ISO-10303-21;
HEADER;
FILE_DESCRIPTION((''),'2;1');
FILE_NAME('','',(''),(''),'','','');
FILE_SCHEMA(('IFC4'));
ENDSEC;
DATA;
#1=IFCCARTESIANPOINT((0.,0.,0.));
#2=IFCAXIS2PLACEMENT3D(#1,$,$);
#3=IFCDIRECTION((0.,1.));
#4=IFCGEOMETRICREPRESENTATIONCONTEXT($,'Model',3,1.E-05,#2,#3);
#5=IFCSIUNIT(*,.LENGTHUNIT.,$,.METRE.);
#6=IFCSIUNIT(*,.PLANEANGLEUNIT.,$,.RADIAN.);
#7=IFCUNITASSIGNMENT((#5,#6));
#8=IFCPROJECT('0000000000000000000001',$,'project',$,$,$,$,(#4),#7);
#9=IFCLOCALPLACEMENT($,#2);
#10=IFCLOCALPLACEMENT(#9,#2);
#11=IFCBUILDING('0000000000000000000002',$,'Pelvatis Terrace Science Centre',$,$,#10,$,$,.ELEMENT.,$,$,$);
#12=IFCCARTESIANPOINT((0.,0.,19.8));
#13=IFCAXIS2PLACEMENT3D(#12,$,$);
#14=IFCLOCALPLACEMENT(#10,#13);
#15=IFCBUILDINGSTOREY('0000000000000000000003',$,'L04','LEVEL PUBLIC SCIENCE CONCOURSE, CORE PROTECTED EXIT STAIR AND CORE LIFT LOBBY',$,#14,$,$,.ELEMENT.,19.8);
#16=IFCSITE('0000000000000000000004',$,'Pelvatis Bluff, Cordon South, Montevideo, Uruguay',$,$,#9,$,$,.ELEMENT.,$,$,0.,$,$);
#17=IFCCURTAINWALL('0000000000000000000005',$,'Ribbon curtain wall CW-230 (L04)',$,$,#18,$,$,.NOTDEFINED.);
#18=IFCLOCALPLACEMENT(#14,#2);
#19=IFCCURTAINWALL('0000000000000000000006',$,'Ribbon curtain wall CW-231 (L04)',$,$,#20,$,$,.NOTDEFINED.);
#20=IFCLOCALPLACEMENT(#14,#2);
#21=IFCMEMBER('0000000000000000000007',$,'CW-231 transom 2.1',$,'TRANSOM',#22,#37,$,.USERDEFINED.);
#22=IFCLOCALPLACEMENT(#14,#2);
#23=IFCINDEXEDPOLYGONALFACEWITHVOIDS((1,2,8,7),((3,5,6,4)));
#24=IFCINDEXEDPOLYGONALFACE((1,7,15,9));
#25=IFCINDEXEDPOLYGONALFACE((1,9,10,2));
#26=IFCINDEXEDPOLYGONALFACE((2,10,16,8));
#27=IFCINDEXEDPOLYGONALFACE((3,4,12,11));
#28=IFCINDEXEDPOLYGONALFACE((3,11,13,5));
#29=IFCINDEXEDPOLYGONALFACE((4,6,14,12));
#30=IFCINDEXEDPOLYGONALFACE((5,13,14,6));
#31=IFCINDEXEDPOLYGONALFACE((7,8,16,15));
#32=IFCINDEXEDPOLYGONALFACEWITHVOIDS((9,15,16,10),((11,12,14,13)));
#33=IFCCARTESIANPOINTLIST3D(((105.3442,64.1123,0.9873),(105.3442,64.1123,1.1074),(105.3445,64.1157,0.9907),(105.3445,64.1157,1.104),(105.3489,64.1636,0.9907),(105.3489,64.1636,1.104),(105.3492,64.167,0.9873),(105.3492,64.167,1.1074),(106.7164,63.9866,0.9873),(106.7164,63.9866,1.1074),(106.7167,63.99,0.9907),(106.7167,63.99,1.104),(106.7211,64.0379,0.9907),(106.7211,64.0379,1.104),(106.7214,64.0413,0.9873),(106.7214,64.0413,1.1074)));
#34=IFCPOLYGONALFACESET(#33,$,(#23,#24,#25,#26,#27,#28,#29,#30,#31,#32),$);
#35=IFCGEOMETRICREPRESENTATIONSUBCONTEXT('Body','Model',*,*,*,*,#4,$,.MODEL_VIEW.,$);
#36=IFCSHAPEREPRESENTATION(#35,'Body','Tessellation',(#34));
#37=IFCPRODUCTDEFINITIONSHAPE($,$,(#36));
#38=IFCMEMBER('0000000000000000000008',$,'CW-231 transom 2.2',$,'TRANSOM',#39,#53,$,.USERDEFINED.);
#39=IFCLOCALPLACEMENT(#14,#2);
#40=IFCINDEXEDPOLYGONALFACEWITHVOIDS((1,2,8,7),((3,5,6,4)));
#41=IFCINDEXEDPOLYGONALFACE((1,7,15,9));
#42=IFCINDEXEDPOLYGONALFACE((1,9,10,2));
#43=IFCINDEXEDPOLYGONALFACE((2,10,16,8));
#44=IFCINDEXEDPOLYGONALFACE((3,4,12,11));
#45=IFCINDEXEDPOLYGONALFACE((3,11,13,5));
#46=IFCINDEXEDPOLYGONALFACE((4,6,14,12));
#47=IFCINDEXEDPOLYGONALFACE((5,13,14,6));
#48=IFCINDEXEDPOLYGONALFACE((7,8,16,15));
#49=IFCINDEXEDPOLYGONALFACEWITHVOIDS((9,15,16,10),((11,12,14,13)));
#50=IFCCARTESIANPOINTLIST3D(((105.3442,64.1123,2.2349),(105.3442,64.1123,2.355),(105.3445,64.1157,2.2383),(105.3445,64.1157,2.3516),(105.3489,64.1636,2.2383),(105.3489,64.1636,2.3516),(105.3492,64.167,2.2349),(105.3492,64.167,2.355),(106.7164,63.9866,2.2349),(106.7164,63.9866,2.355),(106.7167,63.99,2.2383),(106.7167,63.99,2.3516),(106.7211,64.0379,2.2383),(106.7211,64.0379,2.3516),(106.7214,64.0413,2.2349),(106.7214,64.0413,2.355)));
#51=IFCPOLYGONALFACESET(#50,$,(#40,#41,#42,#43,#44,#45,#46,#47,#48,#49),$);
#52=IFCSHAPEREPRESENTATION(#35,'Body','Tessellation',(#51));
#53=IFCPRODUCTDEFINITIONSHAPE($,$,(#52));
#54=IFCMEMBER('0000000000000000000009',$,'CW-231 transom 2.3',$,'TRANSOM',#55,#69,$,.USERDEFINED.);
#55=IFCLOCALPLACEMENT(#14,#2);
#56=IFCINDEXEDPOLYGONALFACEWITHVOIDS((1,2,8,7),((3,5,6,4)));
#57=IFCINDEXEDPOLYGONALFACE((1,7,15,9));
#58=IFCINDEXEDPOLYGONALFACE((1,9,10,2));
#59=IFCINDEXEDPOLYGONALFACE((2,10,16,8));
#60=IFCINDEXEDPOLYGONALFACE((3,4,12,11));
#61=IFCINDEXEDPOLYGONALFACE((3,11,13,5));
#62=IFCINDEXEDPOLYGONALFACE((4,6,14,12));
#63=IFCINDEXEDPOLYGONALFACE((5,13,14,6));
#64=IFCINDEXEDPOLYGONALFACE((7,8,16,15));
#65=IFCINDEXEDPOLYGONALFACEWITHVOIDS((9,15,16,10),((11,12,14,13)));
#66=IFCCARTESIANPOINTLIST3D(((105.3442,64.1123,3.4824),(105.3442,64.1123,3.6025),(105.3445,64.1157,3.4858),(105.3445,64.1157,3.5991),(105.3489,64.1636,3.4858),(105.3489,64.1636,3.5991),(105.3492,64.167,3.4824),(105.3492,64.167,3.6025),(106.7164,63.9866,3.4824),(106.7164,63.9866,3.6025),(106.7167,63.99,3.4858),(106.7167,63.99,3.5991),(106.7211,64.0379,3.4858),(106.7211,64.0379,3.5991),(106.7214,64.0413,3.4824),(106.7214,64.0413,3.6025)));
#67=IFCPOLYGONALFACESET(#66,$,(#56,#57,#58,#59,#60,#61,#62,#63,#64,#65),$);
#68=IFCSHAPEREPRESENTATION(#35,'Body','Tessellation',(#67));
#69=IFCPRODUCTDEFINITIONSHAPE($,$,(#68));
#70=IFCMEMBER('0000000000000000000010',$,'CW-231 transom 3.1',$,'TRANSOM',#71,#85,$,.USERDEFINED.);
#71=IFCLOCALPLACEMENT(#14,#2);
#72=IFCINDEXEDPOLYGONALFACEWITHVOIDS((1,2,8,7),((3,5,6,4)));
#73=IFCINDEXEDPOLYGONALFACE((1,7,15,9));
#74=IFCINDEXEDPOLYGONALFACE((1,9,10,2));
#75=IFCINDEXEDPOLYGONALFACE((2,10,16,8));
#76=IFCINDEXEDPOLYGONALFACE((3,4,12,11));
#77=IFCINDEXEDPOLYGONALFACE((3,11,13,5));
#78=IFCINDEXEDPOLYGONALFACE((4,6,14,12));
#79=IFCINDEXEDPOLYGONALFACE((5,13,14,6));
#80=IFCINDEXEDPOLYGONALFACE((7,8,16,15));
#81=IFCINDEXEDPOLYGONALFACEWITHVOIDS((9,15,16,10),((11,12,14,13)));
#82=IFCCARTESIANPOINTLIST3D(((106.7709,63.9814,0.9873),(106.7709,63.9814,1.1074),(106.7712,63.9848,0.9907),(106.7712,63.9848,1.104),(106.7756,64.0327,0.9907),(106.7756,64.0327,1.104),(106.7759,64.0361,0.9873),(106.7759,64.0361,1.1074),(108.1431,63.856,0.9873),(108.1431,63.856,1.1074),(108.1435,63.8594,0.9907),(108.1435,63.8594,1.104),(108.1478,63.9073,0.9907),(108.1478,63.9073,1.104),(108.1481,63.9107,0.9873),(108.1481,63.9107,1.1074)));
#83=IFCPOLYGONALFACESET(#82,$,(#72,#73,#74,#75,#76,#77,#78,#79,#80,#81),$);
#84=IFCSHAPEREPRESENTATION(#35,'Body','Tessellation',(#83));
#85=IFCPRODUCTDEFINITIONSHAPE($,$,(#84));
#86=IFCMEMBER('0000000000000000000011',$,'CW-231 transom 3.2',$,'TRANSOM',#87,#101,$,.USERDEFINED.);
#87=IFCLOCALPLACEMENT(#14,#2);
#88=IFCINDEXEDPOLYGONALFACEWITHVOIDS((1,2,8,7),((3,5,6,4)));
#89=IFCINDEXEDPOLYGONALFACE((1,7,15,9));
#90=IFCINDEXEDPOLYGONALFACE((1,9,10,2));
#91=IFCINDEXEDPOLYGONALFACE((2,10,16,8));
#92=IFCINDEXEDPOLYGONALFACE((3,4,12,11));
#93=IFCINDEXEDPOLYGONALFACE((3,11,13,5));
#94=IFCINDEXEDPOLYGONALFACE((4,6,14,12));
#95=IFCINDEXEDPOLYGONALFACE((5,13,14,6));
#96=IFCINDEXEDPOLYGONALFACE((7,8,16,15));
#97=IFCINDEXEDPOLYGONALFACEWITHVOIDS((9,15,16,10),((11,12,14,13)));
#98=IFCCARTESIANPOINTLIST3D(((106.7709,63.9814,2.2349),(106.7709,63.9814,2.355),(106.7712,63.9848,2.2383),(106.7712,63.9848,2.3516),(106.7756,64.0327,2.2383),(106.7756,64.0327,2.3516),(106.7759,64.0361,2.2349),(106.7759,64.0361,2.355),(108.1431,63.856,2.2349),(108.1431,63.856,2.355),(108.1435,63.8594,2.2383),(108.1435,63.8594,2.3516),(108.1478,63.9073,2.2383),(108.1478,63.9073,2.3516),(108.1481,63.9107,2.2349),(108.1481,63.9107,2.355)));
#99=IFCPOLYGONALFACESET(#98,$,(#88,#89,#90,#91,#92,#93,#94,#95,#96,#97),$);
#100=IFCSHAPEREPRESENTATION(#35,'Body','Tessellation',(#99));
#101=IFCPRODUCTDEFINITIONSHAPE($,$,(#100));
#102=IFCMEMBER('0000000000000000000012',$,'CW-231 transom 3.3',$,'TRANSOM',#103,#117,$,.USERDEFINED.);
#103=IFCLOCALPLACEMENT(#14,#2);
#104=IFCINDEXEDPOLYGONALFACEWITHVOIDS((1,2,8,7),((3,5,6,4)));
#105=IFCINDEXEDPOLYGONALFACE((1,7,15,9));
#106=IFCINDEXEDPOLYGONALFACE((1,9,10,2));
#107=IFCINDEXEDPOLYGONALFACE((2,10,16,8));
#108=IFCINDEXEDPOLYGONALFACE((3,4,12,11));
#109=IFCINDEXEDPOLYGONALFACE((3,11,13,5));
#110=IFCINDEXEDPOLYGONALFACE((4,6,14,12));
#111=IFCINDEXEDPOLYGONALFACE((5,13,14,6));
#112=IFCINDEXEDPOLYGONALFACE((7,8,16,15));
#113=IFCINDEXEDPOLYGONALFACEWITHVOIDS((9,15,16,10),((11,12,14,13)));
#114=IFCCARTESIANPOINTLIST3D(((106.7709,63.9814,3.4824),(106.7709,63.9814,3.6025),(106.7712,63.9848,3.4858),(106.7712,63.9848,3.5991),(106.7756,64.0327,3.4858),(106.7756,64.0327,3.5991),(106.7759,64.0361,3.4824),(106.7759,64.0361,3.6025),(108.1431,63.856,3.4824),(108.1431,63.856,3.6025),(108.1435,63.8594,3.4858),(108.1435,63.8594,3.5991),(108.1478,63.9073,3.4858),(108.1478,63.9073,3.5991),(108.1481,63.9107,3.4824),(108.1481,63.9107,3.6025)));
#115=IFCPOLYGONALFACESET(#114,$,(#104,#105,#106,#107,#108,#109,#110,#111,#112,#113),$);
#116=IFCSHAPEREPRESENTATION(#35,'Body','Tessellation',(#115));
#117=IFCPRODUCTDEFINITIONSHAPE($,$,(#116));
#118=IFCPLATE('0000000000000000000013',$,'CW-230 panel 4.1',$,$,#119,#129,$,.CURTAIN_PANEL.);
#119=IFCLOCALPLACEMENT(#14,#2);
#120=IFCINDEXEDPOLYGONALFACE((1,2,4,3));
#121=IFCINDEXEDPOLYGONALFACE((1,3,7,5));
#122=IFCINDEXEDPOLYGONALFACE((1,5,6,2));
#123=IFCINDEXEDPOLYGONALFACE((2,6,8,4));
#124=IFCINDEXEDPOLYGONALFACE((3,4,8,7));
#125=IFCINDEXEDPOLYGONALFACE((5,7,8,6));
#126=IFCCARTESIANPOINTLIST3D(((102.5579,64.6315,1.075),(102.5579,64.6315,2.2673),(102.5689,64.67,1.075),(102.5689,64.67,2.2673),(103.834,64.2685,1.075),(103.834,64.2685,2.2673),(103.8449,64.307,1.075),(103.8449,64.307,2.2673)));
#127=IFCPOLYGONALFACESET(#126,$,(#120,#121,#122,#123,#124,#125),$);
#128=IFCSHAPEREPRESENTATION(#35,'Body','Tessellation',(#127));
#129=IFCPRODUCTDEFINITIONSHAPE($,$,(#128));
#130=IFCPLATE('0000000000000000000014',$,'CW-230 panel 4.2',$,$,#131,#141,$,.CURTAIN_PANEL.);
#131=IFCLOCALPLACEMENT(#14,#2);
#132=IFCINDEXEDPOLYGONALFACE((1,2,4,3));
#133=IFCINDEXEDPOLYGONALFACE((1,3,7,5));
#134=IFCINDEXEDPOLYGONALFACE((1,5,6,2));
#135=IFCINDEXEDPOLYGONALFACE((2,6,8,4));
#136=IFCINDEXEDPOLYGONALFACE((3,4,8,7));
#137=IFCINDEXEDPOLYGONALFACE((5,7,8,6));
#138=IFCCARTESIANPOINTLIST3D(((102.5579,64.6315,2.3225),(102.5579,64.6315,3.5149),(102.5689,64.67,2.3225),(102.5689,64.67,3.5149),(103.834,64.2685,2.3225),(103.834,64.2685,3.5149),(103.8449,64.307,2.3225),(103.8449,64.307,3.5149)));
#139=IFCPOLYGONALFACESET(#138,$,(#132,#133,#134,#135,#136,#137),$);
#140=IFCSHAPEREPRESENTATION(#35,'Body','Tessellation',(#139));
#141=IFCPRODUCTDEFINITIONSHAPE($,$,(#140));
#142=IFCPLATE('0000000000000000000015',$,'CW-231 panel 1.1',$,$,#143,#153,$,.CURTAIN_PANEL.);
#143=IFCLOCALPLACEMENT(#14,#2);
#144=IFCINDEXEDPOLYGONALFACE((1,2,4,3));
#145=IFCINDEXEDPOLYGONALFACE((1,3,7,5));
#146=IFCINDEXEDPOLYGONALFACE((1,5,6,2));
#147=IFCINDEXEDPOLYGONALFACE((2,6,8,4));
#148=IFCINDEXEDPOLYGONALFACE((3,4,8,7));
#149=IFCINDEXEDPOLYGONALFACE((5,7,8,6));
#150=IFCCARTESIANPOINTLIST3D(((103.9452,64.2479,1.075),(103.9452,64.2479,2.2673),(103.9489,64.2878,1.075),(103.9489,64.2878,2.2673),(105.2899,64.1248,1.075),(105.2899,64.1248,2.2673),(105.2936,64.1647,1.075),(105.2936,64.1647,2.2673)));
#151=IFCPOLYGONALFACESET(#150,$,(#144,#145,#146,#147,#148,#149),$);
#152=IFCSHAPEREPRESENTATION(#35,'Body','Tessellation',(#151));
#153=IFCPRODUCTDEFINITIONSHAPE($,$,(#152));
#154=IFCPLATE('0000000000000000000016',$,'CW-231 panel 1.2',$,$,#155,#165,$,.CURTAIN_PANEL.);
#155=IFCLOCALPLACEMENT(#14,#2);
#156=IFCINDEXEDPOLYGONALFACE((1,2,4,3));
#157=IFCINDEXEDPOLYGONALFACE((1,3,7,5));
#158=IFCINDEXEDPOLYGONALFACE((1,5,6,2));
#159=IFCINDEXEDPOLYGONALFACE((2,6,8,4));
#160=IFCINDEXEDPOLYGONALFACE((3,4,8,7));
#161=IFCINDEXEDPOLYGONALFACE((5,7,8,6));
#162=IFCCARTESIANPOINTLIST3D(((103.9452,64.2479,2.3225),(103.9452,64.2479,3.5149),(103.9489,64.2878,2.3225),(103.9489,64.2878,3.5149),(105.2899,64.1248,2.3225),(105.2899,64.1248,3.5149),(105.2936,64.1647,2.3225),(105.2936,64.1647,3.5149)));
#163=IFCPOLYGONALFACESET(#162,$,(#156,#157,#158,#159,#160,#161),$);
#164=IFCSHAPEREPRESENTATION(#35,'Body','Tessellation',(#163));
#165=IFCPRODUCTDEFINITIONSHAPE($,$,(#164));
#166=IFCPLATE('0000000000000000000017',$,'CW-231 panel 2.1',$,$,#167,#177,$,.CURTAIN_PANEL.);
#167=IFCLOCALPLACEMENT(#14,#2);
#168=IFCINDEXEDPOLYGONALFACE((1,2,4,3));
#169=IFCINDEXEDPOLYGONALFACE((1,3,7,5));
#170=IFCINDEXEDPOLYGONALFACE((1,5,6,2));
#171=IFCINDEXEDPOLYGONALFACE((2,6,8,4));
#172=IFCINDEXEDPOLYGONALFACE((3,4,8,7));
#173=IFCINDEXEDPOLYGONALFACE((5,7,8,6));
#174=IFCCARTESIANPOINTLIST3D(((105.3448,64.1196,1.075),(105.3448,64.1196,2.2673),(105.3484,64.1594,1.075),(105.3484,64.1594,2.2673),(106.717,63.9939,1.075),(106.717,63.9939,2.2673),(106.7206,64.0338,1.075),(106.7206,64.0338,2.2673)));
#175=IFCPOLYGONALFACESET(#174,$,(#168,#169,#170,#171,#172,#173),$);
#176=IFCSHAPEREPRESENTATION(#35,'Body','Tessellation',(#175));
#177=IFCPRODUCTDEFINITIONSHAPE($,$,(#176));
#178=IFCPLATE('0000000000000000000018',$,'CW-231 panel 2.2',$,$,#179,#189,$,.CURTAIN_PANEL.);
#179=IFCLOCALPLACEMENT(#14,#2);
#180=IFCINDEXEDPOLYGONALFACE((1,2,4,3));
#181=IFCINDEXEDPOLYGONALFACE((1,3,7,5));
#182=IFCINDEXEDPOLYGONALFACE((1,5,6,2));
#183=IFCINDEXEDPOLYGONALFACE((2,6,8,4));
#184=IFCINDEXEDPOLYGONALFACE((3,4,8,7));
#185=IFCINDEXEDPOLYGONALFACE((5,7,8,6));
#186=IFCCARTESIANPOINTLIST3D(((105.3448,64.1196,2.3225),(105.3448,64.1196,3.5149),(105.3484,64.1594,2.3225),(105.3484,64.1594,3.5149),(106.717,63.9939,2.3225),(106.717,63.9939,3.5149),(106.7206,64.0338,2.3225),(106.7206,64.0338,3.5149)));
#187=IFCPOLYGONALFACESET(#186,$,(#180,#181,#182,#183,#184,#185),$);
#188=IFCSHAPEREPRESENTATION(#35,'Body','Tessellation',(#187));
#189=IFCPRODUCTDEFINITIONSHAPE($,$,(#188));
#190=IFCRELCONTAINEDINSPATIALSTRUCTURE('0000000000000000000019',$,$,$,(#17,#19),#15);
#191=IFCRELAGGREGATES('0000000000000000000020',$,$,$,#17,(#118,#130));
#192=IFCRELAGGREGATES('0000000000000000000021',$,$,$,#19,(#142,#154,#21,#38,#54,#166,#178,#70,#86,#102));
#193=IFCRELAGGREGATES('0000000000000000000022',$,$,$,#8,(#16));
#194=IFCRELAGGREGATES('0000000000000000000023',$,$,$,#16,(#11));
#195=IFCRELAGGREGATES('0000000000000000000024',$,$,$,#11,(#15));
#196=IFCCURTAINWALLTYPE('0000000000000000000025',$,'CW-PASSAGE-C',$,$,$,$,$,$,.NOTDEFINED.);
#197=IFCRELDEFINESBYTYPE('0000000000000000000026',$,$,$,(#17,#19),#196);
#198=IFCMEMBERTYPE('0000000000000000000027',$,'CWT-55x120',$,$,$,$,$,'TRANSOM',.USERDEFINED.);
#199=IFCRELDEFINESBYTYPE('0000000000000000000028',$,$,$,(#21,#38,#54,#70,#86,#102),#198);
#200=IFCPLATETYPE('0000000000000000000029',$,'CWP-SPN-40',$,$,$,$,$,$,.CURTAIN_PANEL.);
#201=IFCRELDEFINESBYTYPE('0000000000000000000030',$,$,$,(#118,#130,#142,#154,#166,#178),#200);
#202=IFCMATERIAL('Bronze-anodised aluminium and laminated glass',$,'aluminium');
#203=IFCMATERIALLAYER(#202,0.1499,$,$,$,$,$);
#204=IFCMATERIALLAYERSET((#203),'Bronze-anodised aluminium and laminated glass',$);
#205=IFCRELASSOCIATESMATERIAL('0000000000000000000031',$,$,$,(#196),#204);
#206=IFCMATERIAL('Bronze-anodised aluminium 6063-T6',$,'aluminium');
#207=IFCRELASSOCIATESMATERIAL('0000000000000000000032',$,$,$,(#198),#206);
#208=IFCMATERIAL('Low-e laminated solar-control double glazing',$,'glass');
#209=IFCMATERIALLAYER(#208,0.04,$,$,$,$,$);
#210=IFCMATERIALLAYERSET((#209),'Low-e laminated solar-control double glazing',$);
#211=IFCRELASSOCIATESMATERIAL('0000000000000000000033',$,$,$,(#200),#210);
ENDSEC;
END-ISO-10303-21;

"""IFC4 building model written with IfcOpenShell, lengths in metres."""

from ifc_helpers import new_model, si_unit, direction, frame, origin, origin_2d, place, context, subcontext, project, spatial, rectangle, hollow_rectangle, extrude, material, layer, layer_set, material_profile, profile_set, type_object, element, aggregate, save


model = new_model("IFC4")

# Units and contexts
model_context = context("Model", 3, precision=1e-05, world=origin(), true_north=direction((0.0, 1.0)))
body_context = subcontext(model_context, "Body", "Model", "MODEL_VIEW")
ifc_project = project(units=[si_unit("LENGTHUNIT", "METRE"), si_unit("PLANEANGLEUNIT", "RADIAN")], contexts=[model_context])

# Site, building, storey
site_placement = place(None, origin())
site = spatial("IfcSite", under=ifc_project, at=site_placement, Name="Pelvatis Bluff, Cordon South, Montevideo, Uruguay", CompositionType="ELEMENT", RefElevation=0.0)
building_placement = place(site_placement, origin())
building = spatial("IfcBuilding", under=site, at=building_placement, Name="Pelvatis Terrace Science Centre", CompositionType="ELEMENT")
storey_placement = place(building_placement, frame((0.0, 0.0, 19.8)))
storey = spatial("IfcBuildingStorey", under=building, at=storey_placement, Name="L04", Description="LEVEL PUBLIC SCIENCE CONCOURSE, CORE PROTECTED EXIT STAIR AND CORE LIFT LOBBY", CompositionType="ELEMENT", Elevation=19.8)

# Curtain wall
ifc_material_1 = material(Name="Bronze-anodised aluminium and laminated glass", Category="aluminium")
ifc_layer_1 = layer(ifc_material_1, 0.1499)
ifc_layer_set_1 = layer_set([ifc_layer_1], Name="Bronze-anodised aluminium and laminated glass")
curtain_wall_type = type_object("IfcCurtainWallType", Name="CW-PASSAGE-C", PredefinedType="NOTDEFINED", material=ifc_layer_set_1)
curtain_wall_1_placement = place(storey_placement, origin())
curtain_wall_1 = element("IfcCurtainWall", 1, at=curtain_wall_1_placement, inside=storey, type_object=curtain_wall_type, Name="Ribbon curtain wall CW-230 (L04)", PredefinedType="NOTDEFINED")

# Curtain wall
curtain_wall_2_placement = place(storey_placement, origin())
curtain_wall_2 = element("IfcCurtainWall", 2, at=curtain_wall_2_placement, inside=storey, type_object=curtain_wall_type, Name="Ribbon curtain wall CW-231 (L04)", PredefinedType="NOTDEFINED")

# Members
ifc_material_2 = material(Name="Bronze-anodised aluminium 6063-T6", Category="aluminium")
ifc_material_profile_1 = material_profile(ifc_material_2, hollow_rectangle(XDim=0.0549, YDim=0.1201, WallThickness=0.0034, at=origin_2d()), Name="ALU-TRN 55x120")
ifc_profile_set_1 = profile_set([ifc_material_profile_1], Name="Bronze-anodised aluminium 6063-T6")
member_type_1 = type_object("IfcMemberType", Name="CWT-55x120", ElementType="TRANSOM", PredefinedType="USERDEFINED", material=ifc_profile_set_1)
member_1_placement = place(storey_placement, frame((105.3467, 64.1396, 1.0474), z_axis=(0.995828, -0.091255, 0.0), x_axis=(0.091255, 0.995828, 0.0)))
member_1 = element("IfcMember", 3, at=member_1_placement, type_object=member_type_1, Name="CW-231 transom 2.1", ObjectType="TRANSOM", PredefinedType="USERDEFINED", context=body_context, shape_type="SweptSolid", body=[
    extrude(hollow_rectangle(XDim=0.0549, YDim=0.1201, WallThickness=0.0034, at=origin_2d()), origin(), (0.0, 0.0, 1.0), 1.3779),
])
member_2_placement = place(storey_placement, frame((105.3467, 64.1396, 2.2949), z_axis=(0.995828, -0.091255, 0.0), x_axis=(0.091255, 0.995828, 0.0)))
member_2 = element("IfcMember", 4, at=member_2_placement, type_object=member_type_1, Name="CW-231 transom 2.2", ObjectType="TRANSOM", PredefinedType="USERDEFINED", context=body_context, shape_type="SweptSolid", body=[
    extrude(hollow_rectangle(XDim=0.0549, YDim=0.1201, WallThickness=0.0034, at=origin_2d()), origin(), (0.0, 0.0, 1.0), 1.3779),
])
member_3_placement = place(storey_placement, frame((105.3467, 64.1396, 3.5425), z_axis=(0.995828, -0.091255, 0.0), x_axis=(0.091255, 0.995828, 0.0)))
member_3 = element("IfcMember", 5, at=member_3_placement, type_object=member_type_1, Name="CW-231 transom 2.3", ObjectType="TRANSOM", PredefinedType="USERDEFINED", context=body_context, shape_type="SweptSolid", body=[
    extrude(hollow_rectangle(XDim=0.0549, YDim=0.1201, WallThickness=0.0034, at=origin_2d()), origin(), (0.0, 0.0, 1.0), 1.3779),
])
member_4_placement = place(storey_placement, frame((106.7734, 64.0088, 1.0474), z_axis=(0.995845, -0.091063, 0.0), x_axis=(0.091063, 0.995845, 0.0)))
member_4 = element("IfcMember", 6, at=member_4_placement, type_object=member_type_1, Name="CW-231 transom 3.1", ObjectType="TRANSOM", PredefinedType="USERDEFINED", context=body_context, shape_type="SweptSolid", body=[
    extrude(hollow_rectangle(XDim=0.0549, YDim=0.1201, WallThickness=0.0034, at=origin_2d()), origin(), (0.0, 0.0, 1.0), 1.3779),
])
member_5_placement = place(storey_placement, frame((106.7734, 64.0088, 2.2949), z_axis=(0.995845, -0.091063, 0.0), x_axis=(0.091063, 0.995845, 0.0)))
member_5 = element("IfcMember", 7, at=member_5_placement, type_object=member_type_1, Name="CW-231 transom 3.2", ObjectType="TRANSOM", PredefinedType="USERDEFINED", context=body_context, shape_type="SweptSolid", body=[
    extrude(hollow_rectangle(XDim=0.0549, YDim=0.1201, WallThickness=0.0034, at=origin_2d()), origin(), (0.0, 0.0, 1.0), 1.3779),
])
member_6_placement = place(storey_placement, frame((106.7734, 64.0088, 3.5425), z_axis=(0.995845, -0.091063, 0.0), x_axis=(0.091063, 0.995845, 0.0)))
member_6 = element("IfcMember", 8, at=member_6_placement, type_object=member_type_1, Name="CW-231 transom 3.3", ObjectType="TRANSOM", PredefinedType="USERDEFINED", context=body_context, shape_type="SweptSolid", body=[
    extrude(hollow_rectangle(XDim=0.0549, YDim=0.1201, WallThickness=0.0034, at=origin_2d()), origin(), (0.0, 0.0, 1.0), 1.3779),
])

# Plates
ifc_material_3 = material(Name="Low-e laminated solar-control double glazing", Category="glass")
ifc_layer_2 = layer(ifc_material_3, 0.04)
ifc_layer_set_2 = layer_set([ifc_layer_2], Name="Low-e laminated solar-control double glazing")
plate_type = type_object("IfcPlateType", Name="CWP-SPN-40", PredefinedType="CURTAIN_PANEL", material=ifc_layer_set_2)
plate_1_placement = place(storey_placement, frame((103.2014, 64.4692, 1.075), z_axis=(0.0, 0.0, 1.0), x_axis=(0.96185, -0.273577, 0.0)))
plate_1 = element("IfcPlate", 9, at=plate_1_placement, type_object=plate_type, Name="CW-230 panel 4.1", PredefinedType="CURTAIN_PANEL", context=body_context, shape_type="SweptSolid", body=[
    extrude(rectangle(XDim=1.3267, YDim=0.04, at=origin_2d()), origin(), (0.0, 0.0, 1.0), 1.1924),
])
plate_2_placement = place(storey_placement, frame((103.2014, 64.4692, 2.3225), z_axis=(0.0, 0.0, 1.0), x_axis=(0.96185, -0.273577, 0.0)))
plate_2 = element("IfcPlate", 10, at=plate_2_placement, type_object=plate_type, Name="CW-230 panel 4.2", PredefinedType="CURTAIN_PANEL", context=body_context, shape_type="SweptSolid", body=[
    extrude(rectangle(XDim=1.3267, YDim=0.04, at=origin_2d()), origin(), (0.0, 0.0, 1.0), 1.1924),
])
aggregate(curtain_wall_1, [plate_1, plate_2])
plate_3_placement = place(storey_placement, frame((104.6194, 64.2063, 1.075), z_axis=(0.0, 0.0, 1.0), x_axis=(0.995831, -0.091214, 0.0)))
plate_3 = element("IfcPlate", 11, at=plate_3_placement, type_object=plate_type, Name="CW-231 panel 1.1", PredefinedType="CURTAIN_PANEL", context=body_context, shape_type="SweptSolid", body=[
    extrude(rectangle(XDim=1.3503, YDim=0.04, at=origin_2d()), origin(), (0.0, 0.0, 1.0), 1.1924),
])
plate_4_placement = place(storey_placement, frame((104.6194, 64.2063, 2.3225), z_axis=(0.0, 0.0, 1.0), x_axis=(0.995831, -0.091214, 0.0)))
plate_4 = element("IfcPlate", 12, at=plate_4_placement, type_object=plate_type, Name="CW-231 panel 1.2", PredefinedType="CURTAIN_PANEL", context=body_context, shape_type="SweptSolid", body=[
    extrude(rectangle(XDim=1.3503, YDim=0.04, at=origin_2d()), origin(), (0.0, 0.0, 1.0), 1.1924),
])
plate_5_placement = place(storey_placement, frame((106.0327, 64.0767, 1.075), z_axis=(0.0, 0.0, 1.0), x_axis=(0.995831, -0.091214, 0.0)))
plate_5 = element("IfcPlate", 13, at=plate_5_placement, type_object=plate_type, Name="CW-231 panel 2.1", PredefinedType="CURTAIN_PANEL", context=body_context, shape_type="SweptSolid", body=[
    extrude(rectangle(XDim=1.3779, YDim=0.04, at=origin_2d()), origin(), (0.0, 0.0, 1.0), 1.1924),
])
plate_6_placement = place(storey_placement, frame((106.0327, 64.0767, 2.3225), z_axis=(0.0, 0.0, 1.0), x_axis=(0.995831, -0.091214, 0.0)))
plate_6 = element("IfcPlate", 14, at=plate_6_placement, type_object=plate_type, Name="CW-231 panel 2.2", PredefinedType="CURTAIN_PANEL", context=body_context, shape_type="SweptSolid", body=[
    extrude(rectangle(XDim=1.3779, YDim=0.04, at=origin_2d()), origin(), (0.0, 0.0, 1.0), 1.1924),
])
aggregate(curtain_wall_2, [plate_3, plate_4, member_1, member_2, member_3, plate_5, plate_6, member_4, member_5, member_6])

save(model, "model.ifc")
